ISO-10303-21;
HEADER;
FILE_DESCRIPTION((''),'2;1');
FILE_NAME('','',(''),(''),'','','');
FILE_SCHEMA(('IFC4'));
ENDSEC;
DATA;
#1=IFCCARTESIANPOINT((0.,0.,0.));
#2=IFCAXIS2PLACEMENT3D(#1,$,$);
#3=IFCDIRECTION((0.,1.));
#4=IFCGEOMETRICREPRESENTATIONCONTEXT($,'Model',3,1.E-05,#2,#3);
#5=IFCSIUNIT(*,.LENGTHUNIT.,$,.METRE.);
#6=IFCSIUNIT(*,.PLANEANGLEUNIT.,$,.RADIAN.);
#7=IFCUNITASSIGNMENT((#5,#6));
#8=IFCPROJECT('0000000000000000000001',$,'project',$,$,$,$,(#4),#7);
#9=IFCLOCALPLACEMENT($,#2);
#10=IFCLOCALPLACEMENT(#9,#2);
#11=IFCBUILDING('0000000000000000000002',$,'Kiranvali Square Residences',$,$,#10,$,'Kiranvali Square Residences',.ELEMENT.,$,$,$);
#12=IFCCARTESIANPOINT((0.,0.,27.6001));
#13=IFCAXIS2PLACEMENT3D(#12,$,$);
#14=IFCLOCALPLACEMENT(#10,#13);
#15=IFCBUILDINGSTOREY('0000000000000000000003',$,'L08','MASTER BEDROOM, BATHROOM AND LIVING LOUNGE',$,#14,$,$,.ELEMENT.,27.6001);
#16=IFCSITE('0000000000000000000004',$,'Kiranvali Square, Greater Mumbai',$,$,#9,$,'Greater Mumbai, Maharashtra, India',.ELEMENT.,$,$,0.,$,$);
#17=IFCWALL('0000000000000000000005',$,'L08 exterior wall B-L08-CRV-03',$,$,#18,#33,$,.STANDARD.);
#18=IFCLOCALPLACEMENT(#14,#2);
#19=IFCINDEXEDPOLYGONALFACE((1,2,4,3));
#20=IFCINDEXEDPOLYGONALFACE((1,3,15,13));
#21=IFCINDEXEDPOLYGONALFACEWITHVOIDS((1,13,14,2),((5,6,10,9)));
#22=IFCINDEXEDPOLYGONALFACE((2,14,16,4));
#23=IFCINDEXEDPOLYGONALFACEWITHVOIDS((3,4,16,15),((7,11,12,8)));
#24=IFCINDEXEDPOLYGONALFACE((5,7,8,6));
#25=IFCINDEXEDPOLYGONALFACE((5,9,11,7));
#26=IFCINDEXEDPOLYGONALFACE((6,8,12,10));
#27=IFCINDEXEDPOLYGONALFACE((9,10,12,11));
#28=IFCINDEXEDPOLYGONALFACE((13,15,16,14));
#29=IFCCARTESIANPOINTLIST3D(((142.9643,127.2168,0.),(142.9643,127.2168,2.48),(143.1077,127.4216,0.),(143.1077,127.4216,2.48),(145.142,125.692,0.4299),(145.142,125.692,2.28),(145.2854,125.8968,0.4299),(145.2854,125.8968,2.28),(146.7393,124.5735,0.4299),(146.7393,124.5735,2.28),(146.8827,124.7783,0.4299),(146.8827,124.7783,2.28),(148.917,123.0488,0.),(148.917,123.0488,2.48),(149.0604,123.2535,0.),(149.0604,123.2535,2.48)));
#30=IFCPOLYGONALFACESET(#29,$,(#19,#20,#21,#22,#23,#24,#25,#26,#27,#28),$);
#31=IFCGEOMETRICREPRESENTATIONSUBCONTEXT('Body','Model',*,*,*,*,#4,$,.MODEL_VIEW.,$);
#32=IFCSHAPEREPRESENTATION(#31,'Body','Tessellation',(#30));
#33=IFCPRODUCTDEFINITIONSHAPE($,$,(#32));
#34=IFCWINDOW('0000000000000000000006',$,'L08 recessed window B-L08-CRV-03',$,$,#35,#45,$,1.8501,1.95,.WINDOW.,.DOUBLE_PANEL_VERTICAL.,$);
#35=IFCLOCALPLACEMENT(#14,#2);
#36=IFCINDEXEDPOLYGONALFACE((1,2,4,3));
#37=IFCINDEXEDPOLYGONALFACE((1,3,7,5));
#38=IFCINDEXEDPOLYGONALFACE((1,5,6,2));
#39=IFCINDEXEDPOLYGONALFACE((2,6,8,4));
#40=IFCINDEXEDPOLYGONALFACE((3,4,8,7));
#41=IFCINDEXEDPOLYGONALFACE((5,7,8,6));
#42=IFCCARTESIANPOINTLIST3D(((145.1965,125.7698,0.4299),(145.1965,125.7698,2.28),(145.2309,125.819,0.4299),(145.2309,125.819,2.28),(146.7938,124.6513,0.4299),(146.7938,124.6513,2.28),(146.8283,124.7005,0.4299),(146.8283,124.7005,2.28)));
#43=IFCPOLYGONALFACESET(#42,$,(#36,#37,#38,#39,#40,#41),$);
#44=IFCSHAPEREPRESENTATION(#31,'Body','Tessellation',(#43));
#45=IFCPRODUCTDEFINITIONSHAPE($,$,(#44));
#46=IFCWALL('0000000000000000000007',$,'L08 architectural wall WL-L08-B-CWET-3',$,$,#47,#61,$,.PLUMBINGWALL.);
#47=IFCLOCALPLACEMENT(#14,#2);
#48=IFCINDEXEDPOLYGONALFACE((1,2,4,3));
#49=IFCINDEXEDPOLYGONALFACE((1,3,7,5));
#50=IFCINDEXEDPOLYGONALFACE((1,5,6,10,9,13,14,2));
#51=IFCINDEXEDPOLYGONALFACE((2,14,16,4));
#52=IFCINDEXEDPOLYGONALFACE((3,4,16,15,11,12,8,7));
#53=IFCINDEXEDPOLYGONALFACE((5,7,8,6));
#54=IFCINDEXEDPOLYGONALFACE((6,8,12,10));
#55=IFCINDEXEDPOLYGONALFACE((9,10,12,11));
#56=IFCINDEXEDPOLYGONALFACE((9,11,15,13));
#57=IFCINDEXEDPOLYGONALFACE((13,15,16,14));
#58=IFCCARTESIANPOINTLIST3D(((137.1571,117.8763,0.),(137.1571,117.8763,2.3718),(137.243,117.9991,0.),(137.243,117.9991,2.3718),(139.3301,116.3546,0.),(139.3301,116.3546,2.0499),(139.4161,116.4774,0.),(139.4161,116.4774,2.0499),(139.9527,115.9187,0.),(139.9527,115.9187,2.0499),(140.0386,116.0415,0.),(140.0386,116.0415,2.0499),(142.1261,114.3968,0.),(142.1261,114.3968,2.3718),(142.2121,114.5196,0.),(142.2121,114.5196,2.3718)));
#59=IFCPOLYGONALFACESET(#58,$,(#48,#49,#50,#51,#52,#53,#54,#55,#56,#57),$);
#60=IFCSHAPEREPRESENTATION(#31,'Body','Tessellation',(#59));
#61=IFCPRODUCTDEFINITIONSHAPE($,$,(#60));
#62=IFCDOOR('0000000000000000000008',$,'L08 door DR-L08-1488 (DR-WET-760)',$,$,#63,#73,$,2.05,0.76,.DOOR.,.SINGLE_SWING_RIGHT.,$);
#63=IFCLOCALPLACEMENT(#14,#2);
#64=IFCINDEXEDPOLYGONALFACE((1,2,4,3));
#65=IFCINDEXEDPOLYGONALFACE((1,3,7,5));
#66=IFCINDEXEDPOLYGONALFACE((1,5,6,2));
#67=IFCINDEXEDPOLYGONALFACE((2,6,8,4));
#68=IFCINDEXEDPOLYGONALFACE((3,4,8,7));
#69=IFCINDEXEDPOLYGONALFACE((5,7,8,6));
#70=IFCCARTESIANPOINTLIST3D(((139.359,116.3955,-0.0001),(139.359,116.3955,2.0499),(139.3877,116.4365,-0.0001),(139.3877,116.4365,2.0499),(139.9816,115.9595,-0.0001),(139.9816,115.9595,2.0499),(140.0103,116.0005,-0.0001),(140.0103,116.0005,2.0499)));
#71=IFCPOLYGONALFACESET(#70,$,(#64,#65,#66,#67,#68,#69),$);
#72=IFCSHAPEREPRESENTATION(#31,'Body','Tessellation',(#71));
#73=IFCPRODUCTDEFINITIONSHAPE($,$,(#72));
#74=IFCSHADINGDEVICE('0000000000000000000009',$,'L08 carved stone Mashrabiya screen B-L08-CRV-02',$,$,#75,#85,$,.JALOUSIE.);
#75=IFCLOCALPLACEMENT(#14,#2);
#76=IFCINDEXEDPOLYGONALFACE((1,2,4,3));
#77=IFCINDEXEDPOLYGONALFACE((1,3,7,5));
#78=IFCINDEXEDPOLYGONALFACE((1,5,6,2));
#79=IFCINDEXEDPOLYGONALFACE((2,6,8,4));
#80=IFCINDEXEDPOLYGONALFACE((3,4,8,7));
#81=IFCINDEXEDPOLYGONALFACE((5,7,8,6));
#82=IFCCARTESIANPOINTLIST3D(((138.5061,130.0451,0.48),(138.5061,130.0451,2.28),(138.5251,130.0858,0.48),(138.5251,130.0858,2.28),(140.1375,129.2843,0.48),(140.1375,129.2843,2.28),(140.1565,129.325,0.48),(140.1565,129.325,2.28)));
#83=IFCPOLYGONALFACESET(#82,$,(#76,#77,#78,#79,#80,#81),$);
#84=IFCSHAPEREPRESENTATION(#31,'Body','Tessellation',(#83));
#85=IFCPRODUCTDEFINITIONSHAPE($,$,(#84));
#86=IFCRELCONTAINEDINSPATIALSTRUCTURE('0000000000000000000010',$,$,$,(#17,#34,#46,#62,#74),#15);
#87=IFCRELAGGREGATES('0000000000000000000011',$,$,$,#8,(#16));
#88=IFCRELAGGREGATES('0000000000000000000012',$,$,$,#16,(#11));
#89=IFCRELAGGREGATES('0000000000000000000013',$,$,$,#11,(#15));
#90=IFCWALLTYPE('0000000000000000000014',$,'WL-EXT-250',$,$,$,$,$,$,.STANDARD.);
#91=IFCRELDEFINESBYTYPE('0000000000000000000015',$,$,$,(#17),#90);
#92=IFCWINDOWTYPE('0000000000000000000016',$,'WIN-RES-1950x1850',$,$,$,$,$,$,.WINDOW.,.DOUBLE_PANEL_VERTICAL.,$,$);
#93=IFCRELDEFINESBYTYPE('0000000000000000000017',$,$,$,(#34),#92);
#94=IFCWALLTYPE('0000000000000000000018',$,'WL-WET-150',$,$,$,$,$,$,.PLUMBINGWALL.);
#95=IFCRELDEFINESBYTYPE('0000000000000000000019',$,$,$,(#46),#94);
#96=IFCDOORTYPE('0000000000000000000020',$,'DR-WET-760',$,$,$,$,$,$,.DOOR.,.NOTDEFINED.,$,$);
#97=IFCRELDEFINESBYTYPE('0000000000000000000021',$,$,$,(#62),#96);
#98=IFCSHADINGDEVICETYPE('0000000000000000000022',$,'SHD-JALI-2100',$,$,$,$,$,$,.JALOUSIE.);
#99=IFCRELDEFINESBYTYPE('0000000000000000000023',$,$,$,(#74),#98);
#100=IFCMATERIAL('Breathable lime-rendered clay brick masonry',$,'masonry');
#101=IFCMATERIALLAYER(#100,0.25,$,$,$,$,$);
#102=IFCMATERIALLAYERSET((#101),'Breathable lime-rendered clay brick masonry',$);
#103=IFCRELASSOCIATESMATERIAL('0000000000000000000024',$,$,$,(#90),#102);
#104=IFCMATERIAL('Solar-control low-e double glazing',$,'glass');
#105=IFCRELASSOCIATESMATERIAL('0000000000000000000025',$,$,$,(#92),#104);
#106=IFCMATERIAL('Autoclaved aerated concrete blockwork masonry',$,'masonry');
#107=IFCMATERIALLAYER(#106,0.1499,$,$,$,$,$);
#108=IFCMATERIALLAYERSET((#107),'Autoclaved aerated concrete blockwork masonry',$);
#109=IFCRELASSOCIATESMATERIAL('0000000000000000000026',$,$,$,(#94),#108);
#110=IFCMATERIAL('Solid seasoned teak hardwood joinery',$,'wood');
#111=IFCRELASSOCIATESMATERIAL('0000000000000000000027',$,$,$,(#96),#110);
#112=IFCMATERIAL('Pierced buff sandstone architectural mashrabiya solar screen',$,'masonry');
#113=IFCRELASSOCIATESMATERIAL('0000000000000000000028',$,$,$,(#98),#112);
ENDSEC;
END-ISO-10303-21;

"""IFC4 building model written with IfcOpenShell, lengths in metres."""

from ifc_helpers import new_model, si_unit, direction, frame, frame_2d, origin, origin_2d, place, context, subcontext, project, spatial, rectangle, extrude, material, layer, layer_set, type_object, element, fill, save


model = new_model("IFC4")

# Units and contexts
model_context = context("Model", 3, precision=1e-05, world=origin(), true_north=direction((0.0, 1.0)))
body_context = subcontext(model_context, "Body", "Model", "MODEL_VIEW")
ifc_project = project(units=[si_unit("LENGTHUNIT", "METRE"), si_unit("PLANEANGLEUNIT", "RADIAN")], contexts=[model_context])

# Site, building, storey
site_placement = place(None, origin())
site = spatial("IfcSite", under=ifc_project, at=site_placement, Name="Kiranvali Square, Greater Mumbai", LongName="Greater Mumbai, Maharashtra, India", CompositionType="ELEMENT", RefElevation=0.0)
building_placement = place(site_placement, origin())
building = spatial("IfcBuilding", under=site, at=building_placement, Name="Kiranvali Square Residences", LongName="Kiranvali Square Residences", CompositionType="ELEMENT")
storey_placement = place(building_placement, frame((0.0, 0.0, 27.6001)))
storey = spatial("IfcBuildingStorey", under=building, at=storey_placement, Name="L08", Description="MASTER BEDROOM, BATHROOM AND LIVING LOUNGE", CompositionType="ELEMENT", Elevation=27.6001)

# Wall, opening, window
ifc_material_1 = material(Name="Breathable lime-rendered clay brick masonry", Category="masonry")
ifc_layer_1 = layer(ifc_material_1, 0.25)
ifc_layer_set_1 = layer_set([ifc_layer_1], Name="Breathable lime-rendered clay brick masonry")
wall_type_1 = type_object("IfcWallType", Name="WL-EXT-250", PredefinedType="STANDARD", material=ifc_layer_set_1)
wall_1_placement = place(storey_placement, frame((143.0361, 127.3191, 0.0), z_axis=(0.0, 0.0, 1.0), x_axis=(0.819159, -0.573566, 0.0)))
wall_1 = element("IfcWall", 1, at=wall_1_placement, inside=storey, type_object=wall_type_1, Name="L08 exterior wall B-L08-CRV-03", PredefinedType="STANDARD", context=body_context, shape_type="SweptSolid", body=[
    extrude(rectangle(XDim=7.2668, YDim=0.25, at=frame_2d((3.6333, 0.0))), origin(), (0.0, 0.0, 1.0), 2.48),
])
opening_1_placement = place(wall_1_placement, frame((2.6582, 0.0, 0.4299)))
opening_1 = element("IfcOpeningElement", 2, at=opening_1_placement, cuts=wall_1, PredefinedType="OPENING", context=body_context, shape_type="SweptSolid", body=[
    extrude(rectangle(XDim=1.95, YDim=1.8501, at=frame_2d((0.9751, 0.925))), frame((0.0, 0.135, 0.0), z_axis=(0.0, -1.0, 0.0), x_axis=(1.0, 0.0, 0.0)), (0.0, 0.0, 1.0), 0.27),
])
ifc_material_2 = material(Name="Solar-control low-e double glazing", Category="glass")
window_type = type_object("IfcWindowType", Name="WIN-RES-1950x1850", PartitioningType="DOUBLE_PANEL_VERTICAL", PredefinedType="WINDOW", material=ifc_material_2)
window_placement = place(opening_1_placement, origin())
window = element("IfcWindow", 3, at=window_placement, inside=storey, type_object=window_type, Name="L08 recessed window B-L08-CRV-03", OverallHeight=1.8501, OverallWidth=1.95, PartitioningType="DOUBLE_PANEL_VERTICAL", PredefinedType="WINDOW", context=body_context, shape_type="SweptSolid", body=[
    extrude(rectangle(XDim=1.95, YDim=1.8501, at=frame_2d((0.9751, 0.925))), frame((0.0, 0.03, 0.0), z_axis=(0.0, -1.0, 0.0), x_axis=(1.0, 0.0, 0.0)), (0.0, 0.0, 1.0), 0.0601),
])
fill(opening_1, window)

# Wall, opening, door
ifc_material_3 = material(Name="Autoclaved aerated concrete blockwork masonry", Category="masonry")
ifc_layer_2 = layer(ifc_material_3, 0.1499)
ifc_layer_set_2 = layer_set([ifc_layer_2], Name="Autoclaved aerated concrete blockwork masonry")
wall_type_2 = type_object("IfcWallType", Name="WL-WET-150", PredefinedType="PLUMBINGWALL", material=ifc_layer_set_2)
wall_2_placement = place(storey_placement, frame((137.2, 117.9377, 0.0), z_axis=(0.0, 0.0, 1.0), x_axis=(0.819139, -0.573595, 0.0)))
wall_2 = element("IfcWall", 4, at=wall_2_placement, inside=storey, type_object=wall_type_2, Name="L08 architectural wall WL-L08-B-CWET-3", PredefinedType="PLUMBINGWALL", context=body_context, shape_type="SweptSolid", body=[
    extrude(rectangle(XDim=6.0662, YDim=0.1499, at=frame_2d((3.0332, 0.0))), origin(), (0.0, 0.0, 1.0), 2.3718),
])
opening_2_placement = place(wall_2_placement, frame((2.6531, 0.0, 0.0)))
opening_2 = element("IfcOpeningElement", 5, at=opening_2_placement, cuts=wall_2, PredefinedType="OPENING", context=body_context, shape_type="SweptSolid", body=[
    extrude(rectangle(XDim=0.76, YDim=2.05, at=frame_2d((0.3799, 1.0249))), frame((0.0, 0.085, 0.0), z_axis=(0.0, -1.0, 0.0), x_axis=(1.0, 0.0, 0.0)), (0.0, 0.0, 1.0), 0.1699),
])
ifc_material_4 = material(Name="Solid seasoned teak hardwood joinery", Category="wood")
door_type = type_object("IfcDoorType", Name="DR-WET-760", OperationType="NOTDEFINED", PredefinedType="DOOR", material=ifc_material_4)
door_placement = place(opening_2_placement, frame((0.76, 0.0, 0.0), z_axis=(0.0, 0.0, 1.0), x_axis=(-1.0, 0.0, 0.0)))
door = element("IfcDoor", 6, at=door_placement, inside=storey, type_object=door_type, Name="L08 door DR-L08-1488 (DR-WET-760)", OperationType="SINGLE_SWING_RIGHT", OverallHeight=2.05, OverallWidth=0.76, PredefinedType="DOOR", context=body_context, shape_type="SweptSolid", body=[
    extrude(rectangle(XDim=0.76, YDim=2.05, at=frame_2d((0.3799, 1.0249))), frame((0.0, 0.0249, 0.0), z_axis=(0.0, -1.0, 0.0), x_axis=(1.0, 0.0, 0.0)), (0.0, 0.0, 1.0), 0.05),
])
fill(opening_2, door)

# Shading device
ifc_material_5 = material(Name="Pierced buff sandstone architectural mashrabiya solar screen", Category="masonry")
shading_device_type = type_object("IfcShadingDeviceType", Name="SHD-JALI-2100", PredefinedType="JALOUSIE", material=ifc_material_5)
shading_device_placement = place(storey_placement, frame((139.3313, 129.6851, 0.48), z_axis=(0.0, 0.0, 1.0), x_axis=(0.906308, -0.422618, 0.0)))
element("IfcShadingDevice", 7, at=shading_device_placement, inside=storey, type_object=shading_device_type, Name="L08 carved stone Mashrabiya screen B-L08-CRV-02", PredefinedType="JALOUSIE", context=body_context, shape_type="SweptSolid", body=[
    extrude(rectangle(XDim=1.8, YDim=0.0449, at=origin_2d()), origin(), (0.0, 0.0, 1.0), 1.8),
])

save(model, "model.ifc")
